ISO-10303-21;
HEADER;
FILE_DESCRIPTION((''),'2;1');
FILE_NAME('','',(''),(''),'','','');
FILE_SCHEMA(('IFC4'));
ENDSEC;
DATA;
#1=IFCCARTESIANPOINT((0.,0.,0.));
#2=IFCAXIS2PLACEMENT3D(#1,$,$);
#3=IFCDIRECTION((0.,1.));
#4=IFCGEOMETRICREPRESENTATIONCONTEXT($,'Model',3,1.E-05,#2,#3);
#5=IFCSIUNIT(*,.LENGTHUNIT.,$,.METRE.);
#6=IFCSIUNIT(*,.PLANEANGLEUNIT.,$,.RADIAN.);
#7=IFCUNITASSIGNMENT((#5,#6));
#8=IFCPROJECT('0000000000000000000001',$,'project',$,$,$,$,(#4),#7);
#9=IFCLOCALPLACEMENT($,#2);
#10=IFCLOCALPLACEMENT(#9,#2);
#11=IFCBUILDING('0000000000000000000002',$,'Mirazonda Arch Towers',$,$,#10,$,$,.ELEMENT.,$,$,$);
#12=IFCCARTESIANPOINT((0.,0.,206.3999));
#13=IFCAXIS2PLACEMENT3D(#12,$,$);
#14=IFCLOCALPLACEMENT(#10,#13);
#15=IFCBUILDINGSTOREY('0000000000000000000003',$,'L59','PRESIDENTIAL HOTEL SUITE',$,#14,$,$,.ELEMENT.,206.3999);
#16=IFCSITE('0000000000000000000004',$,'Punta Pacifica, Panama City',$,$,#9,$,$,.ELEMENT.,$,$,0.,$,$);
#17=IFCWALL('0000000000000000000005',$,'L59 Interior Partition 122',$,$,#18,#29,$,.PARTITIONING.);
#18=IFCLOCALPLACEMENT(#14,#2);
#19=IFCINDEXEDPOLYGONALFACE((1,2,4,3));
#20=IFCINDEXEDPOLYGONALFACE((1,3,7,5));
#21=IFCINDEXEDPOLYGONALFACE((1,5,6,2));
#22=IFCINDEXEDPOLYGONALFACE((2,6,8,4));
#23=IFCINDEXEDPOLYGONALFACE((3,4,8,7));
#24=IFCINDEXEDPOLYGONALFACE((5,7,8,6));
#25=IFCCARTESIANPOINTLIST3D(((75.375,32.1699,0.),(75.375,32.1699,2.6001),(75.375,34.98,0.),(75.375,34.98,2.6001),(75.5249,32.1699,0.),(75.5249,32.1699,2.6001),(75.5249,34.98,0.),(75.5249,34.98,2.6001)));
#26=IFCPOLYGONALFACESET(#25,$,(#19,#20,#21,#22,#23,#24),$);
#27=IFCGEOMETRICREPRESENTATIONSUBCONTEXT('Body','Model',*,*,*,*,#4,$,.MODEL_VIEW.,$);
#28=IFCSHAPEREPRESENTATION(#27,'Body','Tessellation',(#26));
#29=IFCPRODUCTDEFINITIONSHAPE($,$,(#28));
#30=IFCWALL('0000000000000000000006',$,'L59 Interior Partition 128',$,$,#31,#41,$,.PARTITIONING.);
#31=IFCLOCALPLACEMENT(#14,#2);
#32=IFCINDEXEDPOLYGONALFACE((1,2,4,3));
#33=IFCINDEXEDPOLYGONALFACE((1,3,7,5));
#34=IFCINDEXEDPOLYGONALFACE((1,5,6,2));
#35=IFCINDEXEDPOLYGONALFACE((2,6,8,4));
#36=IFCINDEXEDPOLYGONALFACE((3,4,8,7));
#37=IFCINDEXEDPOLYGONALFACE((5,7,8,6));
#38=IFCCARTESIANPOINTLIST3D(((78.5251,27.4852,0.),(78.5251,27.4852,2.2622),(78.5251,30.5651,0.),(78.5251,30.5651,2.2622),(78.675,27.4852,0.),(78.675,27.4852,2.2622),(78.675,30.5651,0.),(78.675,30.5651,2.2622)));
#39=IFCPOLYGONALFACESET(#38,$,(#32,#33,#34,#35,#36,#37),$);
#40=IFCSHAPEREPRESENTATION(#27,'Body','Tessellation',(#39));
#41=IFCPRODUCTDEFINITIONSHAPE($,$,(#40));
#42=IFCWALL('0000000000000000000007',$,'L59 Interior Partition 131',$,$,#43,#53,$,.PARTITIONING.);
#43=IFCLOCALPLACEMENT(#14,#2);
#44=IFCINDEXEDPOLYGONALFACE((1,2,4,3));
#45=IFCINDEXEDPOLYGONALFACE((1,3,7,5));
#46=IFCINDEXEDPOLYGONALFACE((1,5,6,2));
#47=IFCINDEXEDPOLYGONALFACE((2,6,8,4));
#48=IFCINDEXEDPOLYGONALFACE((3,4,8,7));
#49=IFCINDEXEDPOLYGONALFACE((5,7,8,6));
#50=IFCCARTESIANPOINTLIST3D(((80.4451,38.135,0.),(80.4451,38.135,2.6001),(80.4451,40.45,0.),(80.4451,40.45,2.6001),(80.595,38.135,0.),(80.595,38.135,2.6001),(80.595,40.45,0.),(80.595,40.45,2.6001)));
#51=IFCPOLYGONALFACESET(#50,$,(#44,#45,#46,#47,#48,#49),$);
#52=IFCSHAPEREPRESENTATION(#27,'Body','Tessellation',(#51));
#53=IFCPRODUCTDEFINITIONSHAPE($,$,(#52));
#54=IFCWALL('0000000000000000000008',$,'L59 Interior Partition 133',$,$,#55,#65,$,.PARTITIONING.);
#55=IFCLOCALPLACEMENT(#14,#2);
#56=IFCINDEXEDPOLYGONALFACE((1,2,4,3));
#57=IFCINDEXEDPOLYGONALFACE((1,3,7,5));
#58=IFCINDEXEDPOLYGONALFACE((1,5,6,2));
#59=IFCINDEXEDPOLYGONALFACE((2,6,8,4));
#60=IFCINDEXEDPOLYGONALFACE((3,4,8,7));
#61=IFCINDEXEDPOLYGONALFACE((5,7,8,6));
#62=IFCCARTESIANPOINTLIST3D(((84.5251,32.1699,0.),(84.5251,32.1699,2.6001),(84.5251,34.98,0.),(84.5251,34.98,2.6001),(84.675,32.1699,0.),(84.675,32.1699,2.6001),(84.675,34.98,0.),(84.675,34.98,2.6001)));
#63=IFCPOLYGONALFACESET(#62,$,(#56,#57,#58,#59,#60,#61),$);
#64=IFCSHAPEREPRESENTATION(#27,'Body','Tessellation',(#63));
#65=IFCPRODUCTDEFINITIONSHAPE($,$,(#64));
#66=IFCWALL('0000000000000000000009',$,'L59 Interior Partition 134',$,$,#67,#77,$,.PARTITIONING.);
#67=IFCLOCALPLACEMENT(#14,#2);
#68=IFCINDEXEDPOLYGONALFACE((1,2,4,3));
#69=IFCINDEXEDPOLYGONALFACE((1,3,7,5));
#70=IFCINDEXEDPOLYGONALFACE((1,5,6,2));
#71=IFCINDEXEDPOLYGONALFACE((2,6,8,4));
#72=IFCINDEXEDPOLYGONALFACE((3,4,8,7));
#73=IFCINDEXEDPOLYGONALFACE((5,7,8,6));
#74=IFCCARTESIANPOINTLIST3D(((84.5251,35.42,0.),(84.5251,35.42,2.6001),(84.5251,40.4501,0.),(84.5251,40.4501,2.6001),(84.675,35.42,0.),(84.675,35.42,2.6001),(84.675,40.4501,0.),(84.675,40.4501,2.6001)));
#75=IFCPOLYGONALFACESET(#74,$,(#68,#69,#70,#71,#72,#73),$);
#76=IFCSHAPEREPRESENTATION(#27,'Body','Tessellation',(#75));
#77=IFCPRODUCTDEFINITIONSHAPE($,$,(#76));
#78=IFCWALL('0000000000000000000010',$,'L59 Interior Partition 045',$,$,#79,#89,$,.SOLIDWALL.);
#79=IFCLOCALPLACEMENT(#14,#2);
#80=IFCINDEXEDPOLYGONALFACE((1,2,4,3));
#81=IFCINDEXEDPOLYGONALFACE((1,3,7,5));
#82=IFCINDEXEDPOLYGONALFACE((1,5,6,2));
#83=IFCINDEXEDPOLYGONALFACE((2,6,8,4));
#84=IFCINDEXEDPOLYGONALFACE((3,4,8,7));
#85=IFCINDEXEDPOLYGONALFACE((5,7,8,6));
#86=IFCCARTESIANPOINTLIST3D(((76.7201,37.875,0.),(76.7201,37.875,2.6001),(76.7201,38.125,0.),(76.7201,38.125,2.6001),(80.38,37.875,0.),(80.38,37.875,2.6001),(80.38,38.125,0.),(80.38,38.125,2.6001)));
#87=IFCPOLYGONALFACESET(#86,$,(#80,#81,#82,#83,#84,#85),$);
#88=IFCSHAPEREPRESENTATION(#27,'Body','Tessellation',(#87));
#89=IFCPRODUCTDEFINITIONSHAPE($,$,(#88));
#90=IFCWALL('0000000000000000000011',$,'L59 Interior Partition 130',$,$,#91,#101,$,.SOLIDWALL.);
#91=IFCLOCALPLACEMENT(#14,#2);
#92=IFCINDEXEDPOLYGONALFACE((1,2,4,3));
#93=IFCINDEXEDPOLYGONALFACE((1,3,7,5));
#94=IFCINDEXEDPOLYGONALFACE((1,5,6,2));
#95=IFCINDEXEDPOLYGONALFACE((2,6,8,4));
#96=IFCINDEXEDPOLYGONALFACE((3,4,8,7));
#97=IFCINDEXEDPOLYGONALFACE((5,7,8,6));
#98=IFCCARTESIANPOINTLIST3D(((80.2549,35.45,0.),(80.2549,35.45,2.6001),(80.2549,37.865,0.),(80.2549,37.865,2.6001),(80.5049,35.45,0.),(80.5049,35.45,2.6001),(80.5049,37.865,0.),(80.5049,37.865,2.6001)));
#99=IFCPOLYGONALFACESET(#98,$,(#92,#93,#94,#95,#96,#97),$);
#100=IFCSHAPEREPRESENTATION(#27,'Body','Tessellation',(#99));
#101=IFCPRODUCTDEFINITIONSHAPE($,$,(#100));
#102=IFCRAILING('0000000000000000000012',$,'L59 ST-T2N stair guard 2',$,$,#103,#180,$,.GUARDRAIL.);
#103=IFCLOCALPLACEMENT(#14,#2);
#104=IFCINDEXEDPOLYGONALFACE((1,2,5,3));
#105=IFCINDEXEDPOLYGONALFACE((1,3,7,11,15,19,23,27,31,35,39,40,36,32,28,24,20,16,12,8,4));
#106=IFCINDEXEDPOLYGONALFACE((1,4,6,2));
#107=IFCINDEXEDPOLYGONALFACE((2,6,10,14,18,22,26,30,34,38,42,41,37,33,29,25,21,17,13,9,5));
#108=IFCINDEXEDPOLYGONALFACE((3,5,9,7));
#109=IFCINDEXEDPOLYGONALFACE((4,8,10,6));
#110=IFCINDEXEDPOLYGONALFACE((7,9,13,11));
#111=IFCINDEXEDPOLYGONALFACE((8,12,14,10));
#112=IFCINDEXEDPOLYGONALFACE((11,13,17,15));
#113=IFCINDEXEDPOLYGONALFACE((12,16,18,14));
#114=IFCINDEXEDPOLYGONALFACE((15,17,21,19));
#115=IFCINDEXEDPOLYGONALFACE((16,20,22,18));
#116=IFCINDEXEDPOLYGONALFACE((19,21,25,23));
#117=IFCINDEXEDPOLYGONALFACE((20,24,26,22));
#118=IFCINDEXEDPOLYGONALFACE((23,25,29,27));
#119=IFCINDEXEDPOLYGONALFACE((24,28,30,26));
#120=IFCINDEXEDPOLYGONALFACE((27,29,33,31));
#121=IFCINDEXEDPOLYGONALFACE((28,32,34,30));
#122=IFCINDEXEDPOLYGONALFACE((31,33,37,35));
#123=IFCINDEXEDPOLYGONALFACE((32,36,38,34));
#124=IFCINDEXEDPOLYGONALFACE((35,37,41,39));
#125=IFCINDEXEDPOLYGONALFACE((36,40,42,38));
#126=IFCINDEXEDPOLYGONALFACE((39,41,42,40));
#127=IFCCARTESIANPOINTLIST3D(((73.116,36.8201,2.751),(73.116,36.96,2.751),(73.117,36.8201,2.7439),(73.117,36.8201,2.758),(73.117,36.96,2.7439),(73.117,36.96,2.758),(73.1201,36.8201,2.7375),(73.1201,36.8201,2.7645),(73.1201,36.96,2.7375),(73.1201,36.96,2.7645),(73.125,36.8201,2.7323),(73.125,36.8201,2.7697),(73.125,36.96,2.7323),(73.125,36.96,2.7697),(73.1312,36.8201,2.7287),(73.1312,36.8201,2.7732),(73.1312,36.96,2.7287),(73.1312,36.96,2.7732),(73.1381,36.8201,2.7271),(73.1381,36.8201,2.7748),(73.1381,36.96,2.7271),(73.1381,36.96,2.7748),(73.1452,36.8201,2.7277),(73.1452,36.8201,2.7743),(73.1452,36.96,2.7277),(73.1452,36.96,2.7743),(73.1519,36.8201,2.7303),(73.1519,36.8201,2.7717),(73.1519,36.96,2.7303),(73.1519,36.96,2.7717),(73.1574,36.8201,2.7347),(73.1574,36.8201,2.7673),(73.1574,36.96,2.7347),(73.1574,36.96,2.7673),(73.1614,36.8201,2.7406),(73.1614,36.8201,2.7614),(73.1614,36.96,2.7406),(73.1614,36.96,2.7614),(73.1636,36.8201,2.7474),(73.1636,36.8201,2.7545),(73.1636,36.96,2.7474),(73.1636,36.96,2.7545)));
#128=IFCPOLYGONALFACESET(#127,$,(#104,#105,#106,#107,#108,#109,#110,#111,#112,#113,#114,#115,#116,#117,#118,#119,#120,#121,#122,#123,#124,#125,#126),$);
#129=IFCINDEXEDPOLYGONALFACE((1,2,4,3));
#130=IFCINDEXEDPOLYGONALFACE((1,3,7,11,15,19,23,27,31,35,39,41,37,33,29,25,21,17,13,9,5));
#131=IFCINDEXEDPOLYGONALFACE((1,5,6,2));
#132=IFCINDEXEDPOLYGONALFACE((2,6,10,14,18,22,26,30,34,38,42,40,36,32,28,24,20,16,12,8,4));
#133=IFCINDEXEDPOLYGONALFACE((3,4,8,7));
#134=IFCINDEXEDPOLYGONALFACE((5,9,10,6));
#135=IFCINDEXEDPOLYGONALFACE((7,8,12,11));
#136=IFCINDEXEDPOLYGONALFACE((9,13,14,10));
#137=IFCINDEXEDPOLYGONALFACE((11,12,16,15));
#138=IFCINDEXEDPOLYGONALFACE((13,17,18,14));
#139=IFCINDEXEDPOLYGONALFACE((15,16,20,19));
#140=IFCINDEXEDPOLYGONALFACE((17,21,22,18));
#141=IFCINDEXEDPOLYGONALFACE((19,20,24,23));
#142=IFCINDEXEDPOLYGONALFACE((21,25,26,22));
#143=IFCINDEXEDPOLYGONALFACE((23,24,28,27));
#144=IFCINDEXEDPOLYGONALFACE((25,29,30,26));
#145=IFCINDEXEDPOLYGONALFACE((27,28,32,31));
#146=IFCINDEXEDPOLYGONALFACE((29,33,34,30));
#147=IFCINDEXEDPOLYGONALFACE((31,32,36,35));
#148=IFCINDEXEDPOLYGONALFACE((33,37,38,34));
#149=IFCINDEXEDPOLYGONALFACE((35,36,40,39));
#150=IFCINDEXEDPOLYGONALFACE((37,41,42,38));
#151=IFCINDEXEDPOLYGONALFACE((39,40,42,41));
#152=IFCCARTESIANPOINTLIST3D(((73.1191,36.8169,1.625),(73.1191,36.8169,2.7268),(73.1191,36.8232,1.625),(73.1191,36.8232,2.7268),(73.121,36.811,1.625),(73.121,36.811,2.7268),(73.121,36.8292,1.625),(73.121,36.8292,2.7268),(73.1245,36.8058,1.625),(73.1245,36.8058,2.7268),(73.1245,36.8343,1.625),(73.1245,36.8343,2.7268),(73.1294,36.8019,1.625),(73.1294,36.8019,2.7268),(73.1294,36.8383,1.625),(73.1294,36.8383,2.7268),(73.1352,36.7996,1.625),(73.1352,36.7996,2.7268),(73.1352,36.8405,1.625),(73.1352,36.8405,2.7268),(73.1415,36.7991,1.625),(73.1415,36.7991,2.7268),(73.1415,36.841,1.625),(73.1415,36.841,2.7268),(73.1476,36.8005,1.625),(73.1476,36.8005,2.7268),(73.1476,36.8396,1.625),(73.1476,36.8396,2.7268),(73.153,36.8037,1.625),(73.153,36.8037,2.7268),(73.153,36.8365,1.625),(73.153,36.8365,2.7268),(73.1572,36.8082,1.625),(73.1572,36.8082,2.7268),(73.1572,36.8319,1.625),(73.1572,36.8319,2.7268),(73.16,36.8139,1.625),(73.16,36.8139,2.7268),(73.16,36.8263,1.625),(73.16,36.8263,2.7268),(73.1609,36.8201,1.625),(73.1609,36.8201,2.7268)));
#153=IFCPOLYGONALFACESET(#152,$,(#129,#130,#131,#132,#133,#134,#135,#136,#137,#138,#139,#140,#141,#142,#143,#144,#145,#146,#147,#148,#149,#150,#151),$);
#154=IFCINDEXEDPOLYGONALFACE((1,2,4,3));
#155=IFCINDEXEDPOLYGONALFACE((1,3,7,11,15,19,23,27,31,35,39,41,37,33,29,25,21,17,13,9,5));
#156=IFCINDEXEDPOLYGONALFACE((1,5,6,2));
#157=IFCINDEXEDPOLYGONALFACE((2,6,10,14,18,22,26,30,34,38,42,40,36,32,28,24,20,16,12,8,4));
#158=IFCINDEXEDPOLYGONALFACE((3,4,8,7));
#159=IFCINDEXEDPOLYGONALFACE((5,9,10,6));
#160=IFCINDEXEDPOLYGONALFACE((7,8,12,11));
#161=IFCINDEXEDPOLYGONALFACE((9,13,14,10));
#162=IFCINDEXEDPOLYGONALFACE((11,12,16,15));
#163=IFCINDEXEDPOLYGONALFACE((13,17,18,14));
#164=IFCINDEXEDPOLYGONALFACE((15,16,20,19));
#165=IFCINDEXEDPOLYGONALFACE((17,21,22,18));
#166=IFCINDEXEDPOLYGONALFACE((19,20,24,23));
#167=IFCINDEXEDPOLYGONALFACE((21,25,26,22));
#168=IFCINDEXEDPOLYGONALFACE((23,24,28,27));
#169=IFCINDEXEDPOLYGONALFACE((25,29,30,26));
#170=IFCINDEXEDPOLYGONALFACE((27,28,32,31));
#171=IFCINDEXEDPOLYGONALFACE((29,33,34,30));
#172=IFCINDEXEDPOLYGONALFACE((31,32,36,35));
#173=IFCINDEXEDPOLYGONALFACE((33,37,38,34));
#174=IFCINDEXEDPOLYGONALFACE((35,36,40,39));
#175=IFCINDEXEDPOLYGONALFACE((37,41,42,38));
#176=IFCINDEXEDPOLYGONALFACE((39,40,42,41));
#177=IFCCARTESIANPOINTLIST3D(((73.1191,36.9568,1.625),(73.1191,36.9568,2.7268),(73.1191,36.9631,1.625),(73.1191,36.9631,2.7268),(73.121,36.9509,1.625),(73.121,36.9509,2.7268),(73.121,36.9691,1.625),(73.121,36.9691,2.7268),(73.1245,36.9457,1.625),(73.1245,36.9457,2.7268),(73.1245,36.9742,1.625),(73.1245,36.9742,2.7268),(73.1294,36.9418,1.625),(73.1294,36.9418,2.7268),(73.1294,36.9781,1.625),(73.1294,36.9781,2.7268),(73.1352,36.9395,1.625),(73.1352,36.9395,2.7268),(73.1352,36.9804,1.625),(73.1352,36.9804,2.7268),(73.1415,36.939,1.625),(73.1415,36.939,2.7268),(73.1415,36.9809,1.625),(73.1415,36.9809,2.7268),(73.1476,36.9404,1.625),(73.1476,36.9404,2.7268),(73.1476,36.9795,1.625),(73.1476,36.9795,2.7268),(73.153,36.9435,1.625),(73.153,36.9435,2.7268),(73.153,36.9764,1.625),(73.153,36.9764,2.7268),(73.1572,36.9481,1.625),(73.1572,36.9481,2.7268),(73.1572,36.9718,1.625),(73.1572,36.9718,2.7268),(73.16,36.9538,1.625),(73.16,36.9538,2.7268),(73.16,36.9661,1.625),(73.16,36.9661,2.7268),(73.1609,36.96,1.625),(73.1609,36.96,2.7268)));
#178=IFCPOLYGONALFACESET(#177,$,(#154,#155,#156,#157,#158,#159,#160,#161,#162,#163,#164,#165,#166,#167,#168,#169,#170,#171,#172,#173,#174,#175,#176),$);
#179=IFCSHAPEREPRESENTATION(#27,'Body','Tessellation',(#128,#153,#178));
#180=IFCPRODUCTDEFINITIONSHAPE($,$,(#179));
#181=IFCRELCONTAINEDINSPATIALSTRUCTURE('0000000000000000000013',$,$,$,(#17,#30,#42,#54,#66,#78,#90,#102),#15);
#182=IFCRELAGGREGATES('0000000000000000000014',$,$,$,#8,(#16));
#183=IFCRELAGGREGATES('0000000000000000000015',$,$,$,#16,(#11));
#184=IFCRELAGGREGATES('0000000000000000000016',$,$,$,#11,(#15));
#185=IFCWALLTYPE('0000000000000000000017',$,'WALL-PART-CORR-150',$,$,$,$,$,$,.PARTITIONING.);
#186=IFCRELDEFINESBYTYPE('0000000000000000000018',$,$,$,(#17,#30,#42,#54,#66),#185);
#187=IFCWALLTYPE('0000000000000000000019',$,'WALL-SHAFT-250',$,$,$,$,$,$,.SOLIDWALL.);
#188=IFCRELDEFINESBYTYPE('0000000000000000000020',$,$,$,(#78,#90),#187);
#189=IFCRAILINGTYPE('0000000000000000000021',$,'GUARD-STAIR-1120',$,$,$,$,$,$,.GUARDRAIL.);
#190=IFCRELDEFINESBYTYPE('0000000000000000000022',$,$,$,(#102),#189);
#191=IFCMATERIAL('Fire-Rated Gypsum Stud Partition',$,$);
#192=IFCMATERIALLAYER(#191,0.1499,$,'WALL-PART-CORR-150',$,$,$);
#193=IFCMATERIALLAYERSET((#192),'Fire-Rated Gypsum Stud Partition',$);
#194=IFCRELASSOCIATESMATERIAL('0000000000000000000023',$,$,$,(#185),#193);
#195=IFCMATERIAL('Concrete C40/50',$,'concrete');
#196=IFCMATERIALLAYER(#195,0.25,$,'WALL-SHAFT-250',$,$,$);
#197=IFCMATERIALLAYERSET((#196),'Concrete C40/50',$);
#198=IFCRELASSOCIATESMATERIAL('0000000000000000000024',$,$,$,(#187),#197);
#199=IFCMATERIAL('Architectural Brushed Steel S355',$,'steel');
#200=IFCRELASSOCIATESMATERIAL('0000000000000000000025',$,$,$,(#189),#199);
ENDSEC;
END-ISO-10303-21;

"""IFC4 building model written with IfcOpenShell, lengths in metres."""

from ifc_helpers import new_model, si_unit, direction, frame, frame_2d, origin, origin_2d, place, context, subcontext, project, spatial, rectangle, circle, extrude, material, layer, layer_set, type_object, element, save


model = new_model("IFC4")

# Units and contexts
model_context = context("Model", 3, precision=1e-05, world=origin(), true_north=direction((0.0, 1.0)))
body_context = subcontext(model_context, "Body", "Model", "MODEL_VIEW")
ifc_project = project(units=[si_unit("LENGTHUNIT", "METRE"), si_unit("PLANEANGLEUNIT", "RADIAN")], contexts=[model_context])

# Site, building, storey
site_placement = place(None, origin())
site = spatial("IfcSite", under=ifc_project, at=site_placement, Name="Punta Pacifica, Panama City", CompositionType="ELEMENT", RefElevation=0.0)
building_placement = place(site_placement, origin())
building = spatial("IfcBuilding", under=site, at=building_placement, Name="Mirazonda Arch Towers", CompositionType="ELEMENT")
storey_placement = place(building_placement, frame((0.0, 0.0, 206.3999)))
storey = spatial("IfcBuildingStorey", under=building, at=storey_placement, Name="L59", Description="PRESIDENTIAL HOTEL SUITE", CompositionType="ELEMENT", Elevation=206.3999)

# Shared definitions
ifc_material_1 = material(Name="Concrete C40/50", Category="concrete")
ifc_material_2 = material(Name="Fire-Rated Gypsum Stud Partition")
ifc_layer_1 = layer(ifc_material_2, 0.1499, Name="WALL-PART-CORR-150")
ifc_layer_set_1 = layer_set([ifc_layer_1], Name="Fire-Rated Gypsum Stud Partition")
wall_type_1 = type_object("IfcWallType", Name="WALL-PART-CORR-150", PredefinedType="PARTITIONING", material=ifc_layer_set_1)

# Shared definitions
ifc_material_3 = material(Name="Architectural Brushed Steel S355", Category="steel")

# Walls
wall_1_placement = place(storey_placement, frame((75.45, 32.1699, 0.0), z_axis=(0.0, 0.0, 1.0), x_axis=(0.0, 1.0, 0.0)))
element("IfcWall", 1, at=wall_1_placement, inside=storey, type_object=wall_type_1, Name="L59 Interior Partition 122", PredefinedType="PARTITIONING", context=body_context, shape_type="SweptSolid", body=[
    extrude(rectangle(XDim=2.8101, YDim=0.1499, at=frame_2d((1.405, 0.0))), origin(), (0.0, 0.0, 1.0), 2.6001),
])
wall_2_placement = place(storey_placement, frame((78.6001, 27.4851, 0.0), z_axis=(0.0, 0.0, 1.0), x_axis=(0.0, 1.0, 0.0)))
element("IfcWall", 2, at=wall_2_placement, inside=storey, type_object=wall_type_1, Name="L59 Interior Partition 128", PredefinedType="PARTITIONING", context=body_context, shape_type="SweptSolid", body=[
    extrude(rectangle(XDim=3.0798, YDim=0.1499, at=frame_2d((1.54, 0.0))), origin(), (0.0, 0.0, 1.0), 2.2622),
])
wall_3_placement = place(storey_placement, frame((80.52, 38.135, 0.0), z_axis=(0.0, 0.0, 1.0), x_axis=(0.0, 1.0, 0.0)))
element("IfcWall", 3, at=wall_3_placement, inside=storey, type_object=wall_type_1, Name="L59 Interior Partition 131", PredefinedType="PARTITIONING", context=body_context, shape_type="SweptSolid", body=[
    extrude(rectangle(XDim=2.3149, YDim=0.1499, at=frame_2d((1.1575, 0.0))), origin(), (0.0, 0.0, 1.0), 2.6001),
])
wall_4_placement = place(storey_placement, frame((84.6001, 32.1699, 0.0), z_axis=(0.0, 0.0, 1.0), x_axis=(0.0, 1.0, 0.0)))
element("IfcWall", 4, at=wall_4_placement, inside=storey, type_object=wall_type_1, Name="L59 Interior Partition 133", PredefinedType="PARTITIONING", context=body_context, shape_type="SweptSolid", body=[
    extrude(rectangle(XDim=2.8101, YDim=0.1499, at=frame_2d((1.405, 0.0))), origin(), (0.0, 0.0, 1.0), 2.6001),
])
wall_5_placement = place(storey_placement, frame((84.6001, 35.4199, 0.0), z_axis=(0.0, 0.0, 1.0), x_axis=(0.0, 1.0, 0.0)))
element("IfcWall", 5, at=wall_5_placement, inside=storey, type_object=wall_type_1, Name="L59 Interior Partition 134", PredefinedType="PARTITIONING", context=body_context, shape_type="SweptSolid", body=[
    extrude(rectangle(XDim=5.03, YDim=0.1499, at=frame_2d((2.5151, 0.0))), origin(), (0.0, 0.0, 1.0), 2.6001),
])
ifc_layer_2 = layer(ifc_material_1, 0.25, Name="WALL-SHAFT-250")
ifc_layer_set_2 = layer_set([ifc_layer_2], Name="Concrete C40/50")
wall_type_2 = type_object("IfcWallType", Name="WALL-SHAFT-250", PredefinedType="SOLIDWALL", material=ifc_layer_set_2)
wall_6_placement = place(storey_placement, frame((76.72, 38.0, 0.0), z_axis=(0.0, 0.0, 1.0), x_axis=(1.0, 0.0, 0.0)))
element("IfcWall", 6, at=wall_6_placement, inside=storey, type_object=wall_type_2, Name="L59 Interior Partition 045", PredefinedType="SOLIDWALL", context=body_context, shape_type="SweptSolid", body=[
    extrude(rectangle(XDim=3.6599, YDim=0.25, at=frame_2d((1.8301, 0.0))), origin(), (0.0, 0.0, 1.0), 2.6001),
])
wall_7_placement = place(storey_placement, frame((80.3799, 35.45, 0.0), z_axis=(0.0, 0.0, 1.0), x_axis=(0.0, 1.0, 0.0)))
element("IfcWall", 7, at=wall_7_placement, inside=storey, type_object=wall_type_2, Name="L59 Interior Partition 130", PredefinedType="SOLIDWALL", context=body_context, shape_type="SweptSolid", body=[
    extrude(rectangle(XDim=2.415, YDim=0.25, at=frame_2d((1.2075, 0.0))), origin(), (0.0, 0.0, 1.0), 2.6001),
])

# Railing
railing_type = type_object("IfcRailingType", Name="GUARD-STAIR-1120", PredefinedType="GUARDRAIL", material=ifc_material_3)
railing_placement = place(storey_placement, frame((73.1399, 36.8201, 1.625)))
element("IfcRailing", 8, at=railing_placement, inside=storey, type_object=railing_type, Name="L59 ST-T2N stair guard 2", PredefinedType="GUARDRAIL", context=body_context, shape_type="SweptSolid", body=[
    extrude(circle(Radius=0.0239, at=origin_2d()), frame((0.0, 0.0, 1.126), z_axis=(0.0, 1.0, 0.0), x_axis=(-1.0, 0.0, 0.0)), (0.0, 0.0, 1.0), 0.1399),
    extrude(circle(Radius=0.021, at=origin_2d()), origin(), (0.0, 0.0, 1.0), 1.1018),
    extrude(circle(Radius=0.021, at=origin_2d()), frame((0.0, 0.1399, 0.0)), (0.0, 0.0, 1.0), 1.1018),
])

save(model, "model.ifc")
